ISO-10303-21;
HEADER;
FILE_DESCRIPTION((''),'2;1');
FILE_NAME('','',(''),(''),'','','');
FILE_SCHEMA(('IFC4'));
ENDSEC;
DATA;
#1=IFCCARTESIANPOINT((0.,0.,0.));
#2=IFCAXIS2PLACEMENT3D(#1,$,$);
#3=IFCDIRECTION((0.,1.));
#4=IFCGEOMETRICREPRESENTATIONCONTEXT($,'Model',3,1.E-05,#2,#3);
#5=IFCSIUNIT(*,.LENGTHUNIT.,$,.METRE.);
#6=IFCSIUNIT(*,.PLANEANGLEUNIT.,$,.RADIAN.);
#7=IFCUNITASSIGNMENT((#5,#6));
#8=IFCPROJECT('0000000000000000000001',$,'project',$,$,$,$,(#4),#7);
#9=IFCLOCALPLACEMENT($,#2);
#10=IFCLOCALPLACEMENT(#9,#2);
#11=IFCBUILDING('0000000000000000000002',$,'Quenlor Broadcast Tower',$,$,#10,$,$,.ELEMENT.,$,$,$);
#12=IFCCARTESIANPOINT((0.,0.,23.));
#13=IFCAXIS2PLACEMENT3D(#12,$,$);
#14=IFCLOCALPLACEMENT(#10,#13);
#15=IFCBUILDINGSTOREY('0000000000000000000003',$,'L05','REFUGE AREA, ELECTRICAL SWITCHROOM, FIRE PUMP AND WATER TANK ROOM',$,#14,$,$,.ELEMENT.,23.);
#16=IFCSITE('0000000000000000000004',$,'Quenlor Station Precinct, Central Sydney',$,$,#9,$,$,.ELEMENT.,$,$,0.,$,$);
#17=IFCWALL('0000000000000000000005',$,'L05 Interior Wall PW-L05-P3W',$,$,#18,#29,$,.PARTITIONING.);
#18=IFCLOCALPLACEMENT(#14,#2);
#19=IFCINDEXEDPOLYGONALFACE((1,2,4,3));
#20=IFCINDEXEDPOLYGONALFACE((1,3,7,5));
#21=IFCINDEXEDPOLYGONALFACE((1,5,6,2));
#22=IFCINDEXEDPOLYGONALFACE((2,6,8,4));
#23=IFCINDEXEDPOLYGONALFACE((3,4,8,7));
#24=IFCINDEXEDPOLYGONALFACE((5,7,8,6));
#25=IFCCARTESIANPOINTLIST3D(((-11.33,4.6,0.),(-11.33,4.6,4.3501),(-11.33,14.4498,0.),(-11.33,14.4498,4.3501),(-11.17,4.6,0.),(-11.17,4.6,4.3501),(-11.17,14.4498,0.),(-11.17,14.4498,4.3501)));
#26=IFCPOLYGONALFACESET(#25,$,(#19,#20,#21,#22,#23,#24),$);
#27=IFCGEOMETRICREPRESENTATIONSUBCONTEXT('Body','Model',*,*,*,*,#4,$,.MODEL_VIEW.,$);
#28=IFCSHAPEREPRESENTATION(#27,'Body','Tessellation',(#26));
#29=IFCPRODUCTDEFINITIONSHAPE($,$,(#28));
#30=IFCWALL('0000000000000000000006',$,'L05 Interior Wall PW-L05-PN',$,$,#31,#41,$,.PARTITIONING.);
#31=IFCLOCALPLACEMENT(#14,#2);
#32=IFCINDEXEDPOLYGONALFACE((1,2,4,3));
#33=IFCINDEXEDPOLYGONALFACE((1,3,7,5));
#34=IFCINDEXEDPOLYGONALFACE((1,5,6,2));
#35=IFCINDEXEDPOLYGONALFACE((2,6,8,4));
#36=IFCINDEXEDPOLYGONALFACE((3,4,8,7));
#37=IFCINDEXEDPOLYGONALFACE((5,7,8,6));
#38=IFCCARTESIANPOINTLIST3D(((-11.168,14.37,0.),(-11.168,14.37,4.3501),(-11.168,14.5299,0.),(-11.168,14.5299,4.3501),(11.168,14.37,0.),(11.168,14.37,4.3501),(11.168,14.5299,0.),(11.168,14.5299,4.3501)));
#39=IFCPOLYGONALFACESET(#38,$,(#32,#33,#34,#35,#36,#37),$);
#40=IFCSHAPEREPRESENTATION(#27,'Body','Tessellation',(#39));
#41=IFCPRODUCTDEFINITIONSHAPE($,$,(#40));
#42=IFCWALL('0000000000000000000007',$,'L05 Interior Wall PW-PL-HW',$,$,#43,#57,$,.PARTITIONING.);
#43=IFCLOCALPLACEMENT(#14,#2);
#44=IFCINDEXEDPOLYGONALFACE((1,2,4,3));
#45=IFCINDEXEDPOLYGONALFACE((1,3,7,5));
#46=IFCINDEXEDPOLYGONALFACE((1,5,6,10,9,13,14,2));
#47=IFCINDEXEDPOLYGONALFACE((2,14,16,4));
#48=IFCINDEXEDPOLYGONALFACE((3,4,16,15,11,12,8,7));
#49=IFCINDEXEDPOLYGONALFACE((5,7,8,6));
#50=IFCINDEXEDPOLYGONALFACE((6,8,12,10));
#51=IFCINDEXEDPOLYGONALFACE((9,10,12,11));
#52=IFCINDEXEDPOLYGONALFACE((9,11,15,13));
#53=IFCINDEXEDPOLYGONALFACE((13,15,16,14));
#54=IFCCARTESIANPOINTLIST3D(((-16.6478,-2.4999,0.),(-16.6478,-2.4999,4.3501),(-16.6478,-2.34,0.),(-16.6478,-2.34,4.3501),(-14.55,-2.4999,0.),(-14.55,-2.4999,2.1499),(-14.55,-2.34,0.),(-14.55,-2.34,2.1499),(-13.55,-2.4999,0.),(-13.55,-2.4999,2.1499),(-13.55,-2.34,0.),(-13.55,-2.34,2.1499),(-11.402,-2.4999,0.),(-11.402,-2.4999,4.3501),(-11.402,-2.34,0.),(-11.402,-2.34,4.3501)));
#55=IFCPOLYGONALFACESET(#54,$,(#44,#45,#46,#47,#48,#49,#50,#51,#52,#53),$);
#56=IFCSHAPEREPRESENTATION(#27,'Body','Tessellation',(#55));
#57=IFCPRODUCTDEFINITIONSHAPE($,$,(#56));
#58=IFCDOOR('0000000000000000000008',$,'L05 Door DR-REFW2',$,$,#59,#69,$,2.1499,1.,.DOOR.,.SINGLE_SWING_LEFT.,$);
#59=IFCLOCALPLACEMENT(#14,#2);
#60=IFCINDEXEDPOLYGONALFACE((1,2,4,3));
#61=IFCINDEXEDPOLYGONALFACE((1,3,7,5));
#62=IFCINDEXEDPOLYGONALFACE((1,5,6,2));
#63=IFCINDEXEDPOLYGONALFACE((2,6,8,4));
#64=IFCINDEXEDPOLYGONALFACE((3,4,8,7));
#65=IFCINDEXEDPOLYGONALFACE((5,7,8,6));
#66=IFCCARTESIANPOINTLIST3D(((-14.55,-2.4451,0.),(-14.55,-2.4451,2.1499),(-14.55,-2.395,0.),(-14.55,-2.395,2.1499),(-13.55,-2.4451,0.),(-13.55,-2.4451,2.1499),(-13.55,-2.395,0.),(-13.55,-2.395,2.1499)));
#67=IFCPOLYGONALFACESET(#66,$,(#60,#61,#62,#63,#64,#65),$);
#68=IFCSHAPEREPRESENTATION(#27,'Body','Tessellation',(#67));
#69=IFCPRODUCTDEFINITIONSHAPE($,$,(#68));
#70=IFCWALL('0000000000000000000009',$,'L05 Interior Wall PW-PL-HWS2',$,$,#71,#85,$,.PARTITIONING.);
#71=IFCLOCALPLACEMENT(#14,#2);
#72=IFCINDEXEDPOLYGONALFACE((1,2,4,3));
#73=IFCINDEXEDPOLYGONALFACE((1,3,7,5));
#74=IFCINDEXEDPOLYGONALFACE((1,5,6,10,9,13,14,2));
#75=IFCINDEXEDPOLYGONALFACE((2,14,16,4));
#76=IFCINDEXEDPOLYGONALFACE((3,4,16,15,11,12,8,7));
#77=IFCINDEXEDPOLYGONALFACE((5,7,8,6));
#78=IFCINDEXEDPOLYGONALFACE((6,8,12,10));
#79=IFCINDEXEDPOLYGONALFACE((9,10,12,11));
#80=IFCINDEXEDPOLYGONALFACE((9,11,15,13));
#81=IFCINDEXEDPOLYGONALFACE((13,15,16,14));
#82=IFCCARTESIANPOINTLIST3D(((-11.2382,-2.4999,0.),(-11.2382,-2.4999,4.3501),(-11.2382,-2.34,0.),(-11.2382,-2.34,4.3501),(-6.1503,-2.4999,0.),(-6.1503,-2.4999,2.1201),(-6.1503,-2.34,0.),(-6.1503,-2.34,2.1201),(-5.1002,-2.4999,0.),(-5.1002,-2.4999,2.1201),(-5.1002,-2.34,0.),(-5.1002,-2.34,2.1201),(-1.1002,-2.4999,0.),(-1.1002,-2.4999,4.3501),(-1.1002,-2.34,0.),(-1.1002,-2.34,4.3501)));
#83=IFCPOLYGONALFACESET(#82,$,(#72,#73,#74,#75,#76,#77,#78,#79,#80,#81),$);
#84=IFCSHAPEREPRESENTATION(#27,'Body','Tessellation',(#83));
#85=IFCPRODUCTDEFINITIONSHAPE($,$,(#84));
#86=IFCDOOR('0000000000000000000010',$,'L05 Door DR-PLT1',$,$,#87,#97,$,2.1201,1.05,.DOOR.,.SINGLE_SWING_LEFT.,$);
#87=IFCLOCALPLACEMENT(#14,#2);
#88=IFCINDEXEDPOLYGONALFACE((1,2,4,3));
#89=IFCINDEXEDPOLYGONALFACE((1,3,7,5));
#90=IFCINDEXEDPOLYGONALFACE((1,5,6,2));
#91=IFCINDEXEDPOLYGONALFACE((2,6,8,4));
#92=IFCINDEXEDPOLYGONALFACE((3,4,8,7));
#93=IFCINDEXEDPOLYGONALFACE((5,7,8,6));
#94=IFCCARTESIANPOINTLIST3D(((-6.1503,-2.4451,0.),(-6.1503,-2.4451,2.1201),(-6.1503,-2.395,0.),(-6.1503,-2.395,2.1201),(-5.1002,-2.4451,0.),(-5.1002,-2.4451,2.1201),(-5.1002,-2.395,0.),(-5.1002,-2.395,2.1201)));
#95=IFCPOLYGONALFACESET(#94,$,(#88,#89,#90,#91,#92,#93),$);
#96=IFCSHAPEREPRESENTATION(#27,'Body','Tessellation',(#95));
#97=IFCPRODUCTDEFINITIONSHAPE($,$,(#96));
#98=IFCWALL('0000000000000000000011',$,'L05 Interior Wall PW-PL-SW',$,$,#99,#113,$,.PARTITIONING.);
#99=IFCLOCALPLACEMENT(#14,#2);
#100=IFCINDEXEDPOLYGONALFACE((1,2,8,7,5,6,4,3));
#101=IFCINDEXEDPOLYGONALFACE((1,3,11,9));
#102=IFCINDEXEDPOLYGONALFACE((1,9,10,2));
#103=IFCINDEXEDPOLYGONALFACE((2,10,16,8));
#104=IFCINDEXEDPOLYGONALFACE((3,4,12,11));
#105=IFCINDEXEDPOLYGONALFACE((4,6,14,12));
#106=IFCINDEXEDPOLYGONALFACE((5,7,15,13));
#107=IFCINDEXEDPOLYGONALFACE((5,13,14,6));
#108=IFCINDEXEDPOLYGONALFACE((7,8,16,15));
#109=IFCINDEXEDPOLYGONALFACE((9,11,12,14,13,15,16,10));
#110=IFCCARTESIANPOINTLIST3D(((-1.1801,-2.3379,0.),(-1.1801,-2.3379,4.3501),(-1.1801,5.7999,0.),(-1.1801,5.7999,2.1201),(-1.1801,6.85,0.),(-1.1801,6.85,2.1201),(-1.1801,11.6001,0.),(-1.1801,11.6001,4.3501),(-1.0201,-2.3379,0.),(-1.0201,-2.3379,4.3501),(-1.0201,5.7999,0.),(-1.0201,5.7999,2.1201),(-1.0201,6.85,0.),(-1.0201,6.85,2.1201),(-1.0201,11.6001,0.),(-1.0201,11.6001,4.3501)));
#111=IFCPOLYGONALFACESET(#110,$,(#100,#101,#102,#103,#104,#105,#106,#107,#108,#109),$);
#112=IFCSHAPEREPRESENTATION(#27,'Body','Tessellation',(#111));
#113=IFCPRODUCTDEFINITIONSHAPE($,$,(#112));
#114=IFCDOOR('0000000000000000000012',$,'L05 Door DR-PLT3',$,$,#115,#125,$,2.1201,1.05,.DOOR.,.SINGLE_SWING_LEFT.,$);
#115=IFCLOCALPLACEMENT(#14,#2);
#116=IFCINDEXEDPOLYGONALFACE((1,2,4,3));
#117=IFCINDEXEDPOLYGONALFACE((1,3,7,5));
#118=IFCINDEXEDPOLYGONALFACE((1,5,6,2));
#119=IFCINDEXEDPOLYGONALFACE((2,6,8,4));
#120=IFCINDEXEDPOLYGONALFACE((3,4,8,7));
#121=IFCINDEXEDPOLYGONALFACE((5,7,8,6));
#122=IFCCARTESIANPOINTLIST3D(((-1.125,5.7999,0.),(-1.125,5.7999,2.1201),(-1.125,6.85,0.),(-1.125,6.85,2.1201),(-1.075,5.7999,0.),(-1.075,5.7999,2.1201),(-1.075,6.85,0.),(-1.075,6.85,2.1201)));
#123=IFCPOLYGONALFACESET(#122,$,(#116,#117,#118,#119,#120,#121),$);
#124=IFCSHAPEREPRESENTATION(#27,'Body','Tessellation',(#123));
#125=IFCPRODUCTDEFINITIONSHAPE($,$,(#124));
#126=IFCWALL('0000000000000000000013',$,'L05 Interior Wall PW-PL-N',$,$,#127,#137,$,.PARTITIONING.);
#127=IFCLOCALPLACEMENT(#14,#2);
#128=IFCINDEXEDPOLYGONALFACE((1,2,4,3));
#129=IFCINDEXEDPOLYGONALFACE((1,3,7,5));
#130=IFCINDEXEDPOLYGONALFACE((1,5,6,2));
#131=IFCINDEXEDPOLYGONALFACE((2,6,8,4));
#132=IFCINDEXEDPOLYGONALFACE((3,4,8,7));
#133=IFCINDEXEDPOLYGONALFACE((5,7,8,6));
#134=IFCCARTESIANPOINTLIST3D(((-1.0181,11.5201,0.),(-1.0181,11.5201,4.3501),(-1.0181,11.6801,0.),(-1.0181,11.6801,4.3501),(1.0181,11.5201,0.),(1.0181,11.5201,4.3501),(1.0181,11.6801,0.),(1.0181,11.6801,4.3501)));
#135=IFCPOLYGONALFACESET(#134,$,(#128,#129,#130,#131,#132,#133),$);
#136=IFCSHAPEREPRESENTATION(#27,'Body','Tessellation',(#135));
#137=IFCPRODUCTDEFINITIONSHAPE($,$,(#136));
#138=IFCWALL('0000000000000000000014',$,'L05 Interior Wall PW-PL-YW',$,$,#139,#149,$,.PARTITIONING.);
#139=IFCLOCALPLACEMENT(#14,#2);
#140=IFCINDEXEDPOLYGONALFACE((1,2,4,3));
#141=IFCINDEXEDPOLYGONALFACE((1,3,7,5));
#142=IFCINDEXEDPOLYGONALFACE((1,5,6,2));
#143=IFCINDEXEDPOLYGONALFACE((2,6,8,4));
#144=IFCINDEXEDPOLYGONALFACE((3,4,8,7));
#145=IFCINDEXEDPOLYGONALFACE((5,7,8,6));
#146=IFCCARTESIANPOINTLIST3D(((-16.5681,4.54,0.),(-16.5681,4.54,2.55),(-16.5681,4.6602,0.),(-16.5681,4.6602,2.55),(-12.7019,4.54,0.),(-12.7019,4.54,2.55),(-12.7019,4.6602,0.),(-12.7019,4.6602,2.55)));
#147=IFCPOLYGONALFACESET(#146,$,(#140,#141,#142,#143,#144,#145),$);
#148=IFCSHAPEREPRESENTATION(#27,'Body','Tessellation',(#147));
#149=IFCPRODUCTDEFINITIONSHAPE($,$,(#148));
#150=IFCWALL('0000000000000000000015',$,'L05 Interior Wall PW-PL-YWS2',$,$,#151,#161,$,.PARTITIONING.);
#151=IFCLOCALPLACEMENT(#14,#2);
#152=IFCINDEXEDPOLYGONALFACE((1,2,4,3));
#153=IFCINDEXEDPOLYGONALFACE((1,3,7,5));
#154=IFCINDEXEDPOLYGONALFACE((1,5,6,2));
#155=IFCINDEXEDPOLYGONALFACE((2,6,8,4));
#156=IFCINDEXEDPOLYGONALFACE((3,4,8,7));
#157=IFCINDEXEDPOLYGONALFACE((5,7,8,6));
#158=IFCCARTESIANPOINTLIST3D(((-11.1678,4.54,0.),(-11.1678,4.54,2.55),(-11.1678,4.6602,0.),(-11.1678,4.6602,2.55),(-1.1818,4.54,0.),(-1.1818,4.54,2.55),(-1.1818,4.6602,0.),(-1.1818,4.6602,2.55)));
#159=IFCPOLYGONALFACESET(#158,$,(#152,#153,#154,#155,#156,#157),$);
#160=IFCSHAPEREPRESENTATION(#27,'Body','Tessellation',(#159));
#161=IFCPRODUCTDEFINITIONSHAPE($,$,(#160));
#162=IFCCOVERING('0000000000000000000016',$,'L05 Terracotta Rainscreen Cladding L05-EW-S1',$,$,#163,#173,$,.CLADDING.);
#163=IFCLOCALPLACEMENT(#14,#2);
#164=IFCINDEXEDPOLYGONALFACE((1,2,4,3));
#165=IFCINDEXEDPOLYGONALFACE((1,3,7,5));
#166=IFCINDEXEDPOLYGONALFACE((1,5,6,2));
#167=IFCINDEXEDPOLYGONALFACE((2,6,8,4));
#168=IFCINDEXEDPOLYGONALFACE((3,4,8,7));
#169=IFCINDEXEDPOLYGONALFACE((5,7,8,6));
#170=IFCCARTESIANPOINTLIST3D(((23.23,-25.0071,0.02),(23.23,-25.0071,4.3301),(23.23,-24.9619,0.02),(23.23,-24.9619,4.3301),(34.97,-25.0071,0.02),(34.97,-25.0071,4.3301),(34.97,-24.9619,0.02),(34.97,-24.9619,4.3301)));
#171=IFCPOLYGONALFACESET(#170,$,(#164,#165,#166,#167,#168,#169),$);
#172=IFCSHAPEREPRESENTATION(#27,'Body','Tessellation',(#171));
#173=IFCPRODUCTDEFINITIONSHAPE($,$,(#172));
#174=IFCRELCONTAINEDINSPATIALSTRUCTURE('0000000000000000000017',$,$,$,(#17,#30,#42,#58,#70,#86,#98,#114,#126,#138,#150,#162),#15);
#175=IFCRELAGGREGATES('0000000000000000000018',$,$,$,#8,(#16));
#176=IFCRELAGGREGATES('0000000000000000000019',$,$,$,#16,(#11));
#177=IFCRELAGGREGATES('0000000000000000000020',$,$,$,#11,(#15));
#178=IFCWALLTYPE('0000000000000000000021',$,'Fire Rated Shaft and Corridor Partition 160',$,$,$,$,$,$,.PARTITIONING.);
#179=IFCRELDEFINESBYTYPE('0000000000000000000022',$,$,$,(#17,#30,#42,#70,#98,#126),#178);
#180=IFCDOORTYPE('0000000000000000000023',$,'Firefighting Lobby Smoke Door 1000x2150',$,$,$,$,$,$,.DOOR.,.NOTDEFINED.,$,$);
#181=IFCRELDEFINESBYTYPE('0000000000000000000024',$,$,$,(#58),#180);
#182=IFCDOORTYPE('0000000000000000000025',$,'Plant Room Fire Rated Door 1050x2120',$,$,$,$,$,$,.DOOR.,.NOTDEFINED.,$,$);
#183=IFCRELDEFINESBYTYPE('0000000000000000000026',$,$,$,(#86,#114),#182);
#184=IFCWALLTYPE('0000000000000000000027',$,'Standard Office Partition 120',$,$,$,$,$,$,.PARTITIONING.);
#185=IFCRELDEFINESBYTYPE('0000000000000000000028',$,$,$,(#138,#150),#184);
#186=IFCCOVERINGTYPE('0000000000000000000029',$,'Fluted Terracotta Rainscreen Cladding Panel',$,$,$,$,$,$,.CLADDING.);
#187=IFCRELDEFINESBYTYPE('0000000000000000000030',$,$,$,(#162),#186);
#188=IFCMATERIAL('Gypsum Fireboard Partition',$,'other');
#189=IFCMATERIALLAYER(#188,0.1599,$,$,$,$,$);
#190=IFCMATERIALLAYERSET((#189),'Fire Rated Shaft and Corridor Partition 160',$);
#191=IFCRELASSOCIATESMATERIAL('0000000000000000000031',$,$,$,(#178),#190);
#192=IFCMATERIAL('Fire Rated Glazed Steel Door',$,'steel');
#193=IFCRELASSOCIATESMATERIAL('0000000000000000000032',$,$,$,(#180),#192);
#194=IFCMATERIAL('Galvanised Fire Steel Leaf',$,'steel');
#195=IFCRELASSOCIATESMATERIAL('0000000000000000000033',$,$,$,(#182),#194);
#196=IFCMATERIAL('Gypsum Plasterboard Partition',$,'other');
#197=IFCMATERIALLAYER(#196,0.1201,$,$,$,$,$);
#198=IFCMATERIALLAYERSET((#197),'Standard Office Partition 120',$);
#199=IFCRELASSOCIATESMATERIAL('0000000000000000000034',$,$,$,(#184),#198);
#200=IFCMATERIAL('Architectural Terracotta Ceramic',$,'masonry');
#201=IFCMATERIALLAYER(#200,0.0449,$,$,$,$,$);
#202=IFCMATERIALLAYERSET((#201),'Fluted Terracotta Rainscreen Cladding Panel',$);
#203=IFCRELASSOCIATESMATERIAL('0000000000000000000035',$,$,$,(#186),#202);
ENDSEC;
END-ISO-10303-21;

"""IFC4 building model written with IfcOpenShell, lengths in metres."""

from ifc_helpers import new_model, si_unit, direction, frame, frame_2d, origin, place, context, subcontext, project, spatial, polyline, rectangle, outline, extrude, material, layer, layer_set, type_object, element, fill, save


model = new_model("IFC4")

# Units and contexts
model_context = context("Model", 3, precision=1e-05, world=origin(), true_north=direction((0.0, 1.0)))
body_context = subcontext(model_context, "Body", "Model", "MODEL_VIEW")
ifc_project = project(units=[si_unit("LENGTHUNIT", "METRE"), si_unit("PLANEANGLEUNIT", "RADIAN")], contexts=[model_context])

# Site, building, storey
site_placement = place(None, origin())
site = spatial("IfcSite", under=ifc_project, at=site_placement, Name="Quenlor Station Precinct, Central Sydney", CompositionType="ELEMENT", RefElevation=0.0)
building_placement = place(site_placement, origin())
building = spatial("IfcBuilding", under=site, at=building_placement, Name="Quenlor Broadcast Tower", CompositionType="ELEMENT")
storey_placement = place(building_placement, frame((0.0, 0.0, 23.0)))
storey = spatial("IfcBuildingStorey", under=building, at=storey_placement, Name="L05", Description="REFUGE AREA, ELECTRICAL SWITCHROOM, FIRE PUMP AND WATER TANK ROOM", CompositionType="ELEMENT", Elevation=23.0)

# Walls
ifc_material_1 = material(Name="Gypsum Fireboard Partition", Category="other")
ifc_layer_1 = layer(ifc_material_1, 0.1599)
ifc_layer_set_1 = layer_set([ifc_layer_1], Name="Fire Rated Shaft and Corridor Partition 160")
wall_type_1 = type_object("IfcWallType", Name="Fire Rated Shaft and Corridor Partition 160", PredefinedType="PARTITIONING", material=ifc_layer_set_1)
wall_1_placement = place(storey_placement, frame((-11.25, 4.6001, 0.0), z_axis=(0.0, 0.0, 1.0), x_axis=(0.0, 1.0, 0.0)))
element("IfcWall", 1, at=wall_1_placement, inside=storey, type_object=wall_type_1, Name="L05 Interior Wall PW-L05-P3W", PredefinedType="PARTITIONING", context=body_context, shape_type="SweptSolid", body=[
    extrude(rectangle(XDim=9.8499, YDim=0.1599, at=frame_2d((4.9248, 0.0))), origin(), (0.0, 0.0, 1.0), 4.3501),
])
wall_2_placement = place(storey_placement, frame((-11.168, 14.45, 0.0), z_axis=(0.0, 0.0, 1.0), x_axis=(1.0, 0.0, 0.0)))
element("IfcWall", 2, at=wall_2_placement, inside=storey, type_object=wall_type_1, Name="L05 Interior Wall PW-L05-PN", PredefinedType="PARTITIONING", context=body_context, shape_type="SweptSolid", body=[
    extrude(rectangle(XDim=22.3359, YDim=0.1599, at=frame_2d((11.168, 0.0))), origin(), (0.0, 0.0, 1.0), 4.3501),
])

# Walls, openings, doors
wall_3_placement = place(storey_placement, frame((-16.6479, -2.4199, 0.0), z_axis=(0.0, 0.0, 1.0), x_axis=(1.0, 0.0, 0.0)))
wall_3 = element("IfcWall", 3, at=wall_3_placement, inside=storey, type_object=wall_type_1, Name="L05 Interior Wall PW-PL-HW", PredefinedType="PARTITIONING", context=body_context, shape_type="SweptSolid", body=[
    extrude(rectangle(XDim=5.2458, YDim=0.1599, at=frame_2d((2.623, 0.0))), origin(), (0.0, 0.0, 1.0), 4.3501),
])
opening_1_placement = place(wall_3_placement, frame((2.0979, 0.0, 0.0)))
opening_1 = element("IfcOpeningElement", 4, at=opening_1_placement, cuts=wall_3, PredefinedType="OPENING", context=body_context, shape_type="SweptSolid", body=[
    extrude(rectangle(XDim=1.0, YDim=2.1499, at=frame_2d((0.5, 1.075))), frame((0.0, 0.0898, 0.0), z_axis=(0.0, -1.0, 0.0), x_axis=(1.0, 0.0, 0.0)), (0.0, 0.0, 1.0), 0.1799),
])
ifc_material_2 = material(Name="Fire Rated Glazed Steel Door", Category="steel")
door_type_1 = type_object("IfcDoorType", Name="Firefighting Lobby Smoke Door 1000x2150", OperationType="NOTDEFINED", PredefinedType="DOOR", material=ifc_material_2)
door_1_placement = place(opening_1_placement, origin())
door_1 = element("IfcDoor", 5, at=door_1_placement, inside=storey, type_object=door_type_1, Name="L05 Door DR-REFW2", OperationType="SINGLE_SWING_LEFT", OverallHeight=2.1499, OverallWidth=1.0, PredefinedType="DOOR", context=body_context, shape_type="SweptSolid", body=[
    extrude(rectangle(XDim=1.0, YDim=2.1499, at=frame_2d((0.5, 1.075))), frame((0.0, 0.0249, 0.0), z_axis=(0.0, -1.0, 0.0), x_axis=(1.0, 0.0, 0.0)), (0.0, 0.0, 1.0), 0.05),
])
fill(opening_1, door_1)
wall_4_placement = place(storey_placement, frame((-11.238, -2.4199, 0.0), z_axis=(0.0, 0.0, 1.0), x_axis=(1.0, 0.0, 0.0)))
wall_4 = element("IfcWall", 6, at=wall_4_placement, inside=storey, type_object=wall_type_1, Name="L05 Interior Wall PW-PL-HWS2", PredefinedType="PARTITIONING", context=body_context, shape_type="SweptSolid", body=[
    extrude(rectangle(XDim=10.1379, YDim=0.1599, at=frame_2d((5.0688, 0.0))), origin(), (0.0, 0.0, 1.0), 4.3501),
])
opening_2_placement = place(wall_4_placement, frame((5.0879, 0.0, 0.0)))
opening_2 = element("IfcOpeningElement", 7, at=opening_2_placement, cuts=wall_4, PredefinedType="OPENING", context=body_context, shape_type="SweptSolid", body=[
    extrude(rectangle(XDim=1.05, YDim=2.1201, at=frame_2d((0.5249, 1.0601))), frame((0.0, 0.0898, 0.0), z_axis=(0.0, -1.0, 0.0), x_axis=(1.0, 0.0, 0.0)), (0.0, 0.0, 1.0), 0.1799),
])
ifc_material_3 = material(Name="Galvanised Fire Steel Leaf", Category="steel")
door_type_2 = type_object("IfcDoorType", Name="Plant Room Fire Rated Door 1050x2120", OperationType="NOTDEFINED", PredefinedType="DOOR", material=ifc_material_3)
door_2_placement = place(opening_2_placement, origin())
door_2 = element("IfcDoor", 8, at=door_2_placement, inside=storey, type_object=door_type_2, Name="L05 Door DR-PLT1", OperationType="SINGLE_SWING_LEFT", OverallHeight=2.1201, OverallWidth=1.05, PredefinedType="DOOR", context=body_context, shape_type="SweptSolid", body=[
    extrude(rectangle(XDim=1.05, YDim=2.1201, at=frame_2d((0.5249, 1.0601))), frame((0.0, 0.0249, 0.0), z_axis=(0.0, -1.0, 0.0), x_axis=(1.0, 0.0, 0.0)), (0.0, 0.0, 1.0), 0.05),
])
fill(opening_2, door_2)
wall_5_placement = place(storey_placement, frame((-1.1001, -2.3379, 0.0), z_axis=(0.0, 0.0, 1.0), x_axis=(0.0, 1.0, 0.0)))
wall_5 = element("IfcWall", 9, at=wall_5_placement, inside=storey, type_object=wall_type_1, Name="L05 Interior Wall PW-PL-SW", PredefinedType="PARTITIONING", context=body_context, shape_type="SweptSolid", body=[
    extrude(rectangle(XDim=13.938, YDim=0.1599, at=frame_2d((6.969, 0.0))), origin(), (0.0, 0.0, 1.0), 4.3501),
])
opening_3_placement = place(wall_5_placement, frame((8.1379, 0.0, 0.0)))
opening_3 = element("IfcOpeningElement", 10, at=opening_3_placement, cuts=wall_5, PredefinedType="OPENING", context=body_context, shape_type="SweptSolid", body=[
    extrude(rectangle(XDim=1.05, YDim=2.1201, at=frame_2d((0.5249, 1.0601))), frame((0.0, 0.0898, 0.0), z_axis=(0.0, -1.0, 0.0), x_axis=(1.0, 0.0, 0.0)), (0.0, 0.0, 1.0), 0.1799),
])
door_3_placement = place(opening_3_placement, origin())
door_3 = element("IfcDoor", 11, at=door_3_placement, inside=storey, type_object=door_type_2, Name="L05 Door DR-PLT3", OperationType="SINGLE_SWING_LEFT", OverallHeight=2.1201, OverallWidth=1.05, PredefinedType="DOOR", context=body_context, shape_type="SweptSolid", body=[
    extrude(rectangle(XDim=1.05, YDim=2.1201, at=frame_2d((0.5249, 1.0601))), frame((0.0, 0.0249, 0.0), z_axis=(0.0, -1.0, 0.0), x_axis=(1.0, 0.0, 0.0)), (0.0, 0.0, 1.0), 0.05),
])
fill(opening_3, door_3)

# Walls
wall_6_placement = place(storey_placement, frame((-1.0181, 11.6001, 0.0), z_axis=(0.0, 0.0, 1.0), x_axis=(1.0, 0.0, 0.0)))
element("IfcWall", 12, at=wall_6_placement, inside=storey, type_object=wall_type_1, Name="L05 Interior Wall PW-PL-N", PredefinedType="PARTITIONING", context=body_context, shape_type="SweptSolid", body=[
    extrude(rectangle(XDim=2.0361, YDim=0.1599, at=frame_2d((1.0181, 0.0))), origin(), (0.0, 0.0, 1.0), 4.3501),
])
ifc_material_4 = material(Name="Gypsum Plasterboard Partition", Category="other")
ifc_layer_2 = layer(ifc_material_4, 0.1201)
ifc_layer_set_2 = layer_set([ifc_layer_2], Name="Standard Office Partition 120")
wall_type_2 = type_object("IfcWallType", Name="Standard Office Partition 120", PredefinedType="PARTITIONING", material=ifc_layer_set_2)
wall_7_placement = place(storey_placement, frame((-16.5681, 4.6001, 0.0), z_axis=(0.0, 0.0, 1.0), x_axis=(1.0, 0.0, 0.0)))
element("IfcWall", 13, at=wall_7_placement, inside=storey, type_object=wall_type_2, Name="L05 Interior Wall PW-PL-YW", PredefinedType="PARTITIONING", context=body_context, shape_type="SweptSolid", body=[
    extrude(rectangle(XDim=3.8662, YDim=0.1201, at=frame_2d((1.9331, 0.0))), origin(), (0.0, 0.0, 1.0), 2.55),
])
wall_8_placement = place(storey_placement, frame((-11.168, 4.6001, 0.0), z_axis=(0.0, 0.0, 1.0), x_axis=(1.0, 0.0, 0.0)))
element("IfcWall", 14, at=wall_8_placement, inside=storey, type_object=wall_type_2, Name="L05 Interior Wall PW-PL-YWS2", PredefinedType="PARTITIONING", context=body_context, shape_type="SweptSolid", body=[
    extrude(rectangle(XDim=9.9861, YDim=0.1201, at=frame_2d((4.9932, 0.0))), origin(), (0.0, 0.0, 1.0), 2.55),
])

# Covering
ifc_material_5 = material(Name="Architectural Terracotta Ceramic", Category="masonry")
ifc_layer_3 = layer(ifc_material_5, 0.0449)
ifc_layer_set_3 = layer_set([ifc_layer_3], Name="Fluted Terracotta Rainscreen Cladding Panel")
covering_type = type_object("IfcCoveringType", Name="Fluted Terracotta Rainscreen Cladding Panel", PredefinedType="CLADDING", material=ifc_layer_set_3)
covering_1_placement = place(storey_placement, frame((0.0, 0.0, 0.02)))
element("IfcCovering", 15, at=covering_1_placement, inside=storey, type_object=covering_type, Name="L05 Terracotta Rainscreen Cladding L05-EW-S1", PredefinedType="CLADDING", context=body_context, shape_type="SweptSolid", body=[
    extrude(outline(polyline([(34.97, -24.9619), (23.23, -24.9619), (23.23, -25.0071), (34.97, -25.0071), (34.97, -24.9619)])), origin(), (0.0, 0.0, 1.0), 4.3101),
])

save(model, "model.ifc")
